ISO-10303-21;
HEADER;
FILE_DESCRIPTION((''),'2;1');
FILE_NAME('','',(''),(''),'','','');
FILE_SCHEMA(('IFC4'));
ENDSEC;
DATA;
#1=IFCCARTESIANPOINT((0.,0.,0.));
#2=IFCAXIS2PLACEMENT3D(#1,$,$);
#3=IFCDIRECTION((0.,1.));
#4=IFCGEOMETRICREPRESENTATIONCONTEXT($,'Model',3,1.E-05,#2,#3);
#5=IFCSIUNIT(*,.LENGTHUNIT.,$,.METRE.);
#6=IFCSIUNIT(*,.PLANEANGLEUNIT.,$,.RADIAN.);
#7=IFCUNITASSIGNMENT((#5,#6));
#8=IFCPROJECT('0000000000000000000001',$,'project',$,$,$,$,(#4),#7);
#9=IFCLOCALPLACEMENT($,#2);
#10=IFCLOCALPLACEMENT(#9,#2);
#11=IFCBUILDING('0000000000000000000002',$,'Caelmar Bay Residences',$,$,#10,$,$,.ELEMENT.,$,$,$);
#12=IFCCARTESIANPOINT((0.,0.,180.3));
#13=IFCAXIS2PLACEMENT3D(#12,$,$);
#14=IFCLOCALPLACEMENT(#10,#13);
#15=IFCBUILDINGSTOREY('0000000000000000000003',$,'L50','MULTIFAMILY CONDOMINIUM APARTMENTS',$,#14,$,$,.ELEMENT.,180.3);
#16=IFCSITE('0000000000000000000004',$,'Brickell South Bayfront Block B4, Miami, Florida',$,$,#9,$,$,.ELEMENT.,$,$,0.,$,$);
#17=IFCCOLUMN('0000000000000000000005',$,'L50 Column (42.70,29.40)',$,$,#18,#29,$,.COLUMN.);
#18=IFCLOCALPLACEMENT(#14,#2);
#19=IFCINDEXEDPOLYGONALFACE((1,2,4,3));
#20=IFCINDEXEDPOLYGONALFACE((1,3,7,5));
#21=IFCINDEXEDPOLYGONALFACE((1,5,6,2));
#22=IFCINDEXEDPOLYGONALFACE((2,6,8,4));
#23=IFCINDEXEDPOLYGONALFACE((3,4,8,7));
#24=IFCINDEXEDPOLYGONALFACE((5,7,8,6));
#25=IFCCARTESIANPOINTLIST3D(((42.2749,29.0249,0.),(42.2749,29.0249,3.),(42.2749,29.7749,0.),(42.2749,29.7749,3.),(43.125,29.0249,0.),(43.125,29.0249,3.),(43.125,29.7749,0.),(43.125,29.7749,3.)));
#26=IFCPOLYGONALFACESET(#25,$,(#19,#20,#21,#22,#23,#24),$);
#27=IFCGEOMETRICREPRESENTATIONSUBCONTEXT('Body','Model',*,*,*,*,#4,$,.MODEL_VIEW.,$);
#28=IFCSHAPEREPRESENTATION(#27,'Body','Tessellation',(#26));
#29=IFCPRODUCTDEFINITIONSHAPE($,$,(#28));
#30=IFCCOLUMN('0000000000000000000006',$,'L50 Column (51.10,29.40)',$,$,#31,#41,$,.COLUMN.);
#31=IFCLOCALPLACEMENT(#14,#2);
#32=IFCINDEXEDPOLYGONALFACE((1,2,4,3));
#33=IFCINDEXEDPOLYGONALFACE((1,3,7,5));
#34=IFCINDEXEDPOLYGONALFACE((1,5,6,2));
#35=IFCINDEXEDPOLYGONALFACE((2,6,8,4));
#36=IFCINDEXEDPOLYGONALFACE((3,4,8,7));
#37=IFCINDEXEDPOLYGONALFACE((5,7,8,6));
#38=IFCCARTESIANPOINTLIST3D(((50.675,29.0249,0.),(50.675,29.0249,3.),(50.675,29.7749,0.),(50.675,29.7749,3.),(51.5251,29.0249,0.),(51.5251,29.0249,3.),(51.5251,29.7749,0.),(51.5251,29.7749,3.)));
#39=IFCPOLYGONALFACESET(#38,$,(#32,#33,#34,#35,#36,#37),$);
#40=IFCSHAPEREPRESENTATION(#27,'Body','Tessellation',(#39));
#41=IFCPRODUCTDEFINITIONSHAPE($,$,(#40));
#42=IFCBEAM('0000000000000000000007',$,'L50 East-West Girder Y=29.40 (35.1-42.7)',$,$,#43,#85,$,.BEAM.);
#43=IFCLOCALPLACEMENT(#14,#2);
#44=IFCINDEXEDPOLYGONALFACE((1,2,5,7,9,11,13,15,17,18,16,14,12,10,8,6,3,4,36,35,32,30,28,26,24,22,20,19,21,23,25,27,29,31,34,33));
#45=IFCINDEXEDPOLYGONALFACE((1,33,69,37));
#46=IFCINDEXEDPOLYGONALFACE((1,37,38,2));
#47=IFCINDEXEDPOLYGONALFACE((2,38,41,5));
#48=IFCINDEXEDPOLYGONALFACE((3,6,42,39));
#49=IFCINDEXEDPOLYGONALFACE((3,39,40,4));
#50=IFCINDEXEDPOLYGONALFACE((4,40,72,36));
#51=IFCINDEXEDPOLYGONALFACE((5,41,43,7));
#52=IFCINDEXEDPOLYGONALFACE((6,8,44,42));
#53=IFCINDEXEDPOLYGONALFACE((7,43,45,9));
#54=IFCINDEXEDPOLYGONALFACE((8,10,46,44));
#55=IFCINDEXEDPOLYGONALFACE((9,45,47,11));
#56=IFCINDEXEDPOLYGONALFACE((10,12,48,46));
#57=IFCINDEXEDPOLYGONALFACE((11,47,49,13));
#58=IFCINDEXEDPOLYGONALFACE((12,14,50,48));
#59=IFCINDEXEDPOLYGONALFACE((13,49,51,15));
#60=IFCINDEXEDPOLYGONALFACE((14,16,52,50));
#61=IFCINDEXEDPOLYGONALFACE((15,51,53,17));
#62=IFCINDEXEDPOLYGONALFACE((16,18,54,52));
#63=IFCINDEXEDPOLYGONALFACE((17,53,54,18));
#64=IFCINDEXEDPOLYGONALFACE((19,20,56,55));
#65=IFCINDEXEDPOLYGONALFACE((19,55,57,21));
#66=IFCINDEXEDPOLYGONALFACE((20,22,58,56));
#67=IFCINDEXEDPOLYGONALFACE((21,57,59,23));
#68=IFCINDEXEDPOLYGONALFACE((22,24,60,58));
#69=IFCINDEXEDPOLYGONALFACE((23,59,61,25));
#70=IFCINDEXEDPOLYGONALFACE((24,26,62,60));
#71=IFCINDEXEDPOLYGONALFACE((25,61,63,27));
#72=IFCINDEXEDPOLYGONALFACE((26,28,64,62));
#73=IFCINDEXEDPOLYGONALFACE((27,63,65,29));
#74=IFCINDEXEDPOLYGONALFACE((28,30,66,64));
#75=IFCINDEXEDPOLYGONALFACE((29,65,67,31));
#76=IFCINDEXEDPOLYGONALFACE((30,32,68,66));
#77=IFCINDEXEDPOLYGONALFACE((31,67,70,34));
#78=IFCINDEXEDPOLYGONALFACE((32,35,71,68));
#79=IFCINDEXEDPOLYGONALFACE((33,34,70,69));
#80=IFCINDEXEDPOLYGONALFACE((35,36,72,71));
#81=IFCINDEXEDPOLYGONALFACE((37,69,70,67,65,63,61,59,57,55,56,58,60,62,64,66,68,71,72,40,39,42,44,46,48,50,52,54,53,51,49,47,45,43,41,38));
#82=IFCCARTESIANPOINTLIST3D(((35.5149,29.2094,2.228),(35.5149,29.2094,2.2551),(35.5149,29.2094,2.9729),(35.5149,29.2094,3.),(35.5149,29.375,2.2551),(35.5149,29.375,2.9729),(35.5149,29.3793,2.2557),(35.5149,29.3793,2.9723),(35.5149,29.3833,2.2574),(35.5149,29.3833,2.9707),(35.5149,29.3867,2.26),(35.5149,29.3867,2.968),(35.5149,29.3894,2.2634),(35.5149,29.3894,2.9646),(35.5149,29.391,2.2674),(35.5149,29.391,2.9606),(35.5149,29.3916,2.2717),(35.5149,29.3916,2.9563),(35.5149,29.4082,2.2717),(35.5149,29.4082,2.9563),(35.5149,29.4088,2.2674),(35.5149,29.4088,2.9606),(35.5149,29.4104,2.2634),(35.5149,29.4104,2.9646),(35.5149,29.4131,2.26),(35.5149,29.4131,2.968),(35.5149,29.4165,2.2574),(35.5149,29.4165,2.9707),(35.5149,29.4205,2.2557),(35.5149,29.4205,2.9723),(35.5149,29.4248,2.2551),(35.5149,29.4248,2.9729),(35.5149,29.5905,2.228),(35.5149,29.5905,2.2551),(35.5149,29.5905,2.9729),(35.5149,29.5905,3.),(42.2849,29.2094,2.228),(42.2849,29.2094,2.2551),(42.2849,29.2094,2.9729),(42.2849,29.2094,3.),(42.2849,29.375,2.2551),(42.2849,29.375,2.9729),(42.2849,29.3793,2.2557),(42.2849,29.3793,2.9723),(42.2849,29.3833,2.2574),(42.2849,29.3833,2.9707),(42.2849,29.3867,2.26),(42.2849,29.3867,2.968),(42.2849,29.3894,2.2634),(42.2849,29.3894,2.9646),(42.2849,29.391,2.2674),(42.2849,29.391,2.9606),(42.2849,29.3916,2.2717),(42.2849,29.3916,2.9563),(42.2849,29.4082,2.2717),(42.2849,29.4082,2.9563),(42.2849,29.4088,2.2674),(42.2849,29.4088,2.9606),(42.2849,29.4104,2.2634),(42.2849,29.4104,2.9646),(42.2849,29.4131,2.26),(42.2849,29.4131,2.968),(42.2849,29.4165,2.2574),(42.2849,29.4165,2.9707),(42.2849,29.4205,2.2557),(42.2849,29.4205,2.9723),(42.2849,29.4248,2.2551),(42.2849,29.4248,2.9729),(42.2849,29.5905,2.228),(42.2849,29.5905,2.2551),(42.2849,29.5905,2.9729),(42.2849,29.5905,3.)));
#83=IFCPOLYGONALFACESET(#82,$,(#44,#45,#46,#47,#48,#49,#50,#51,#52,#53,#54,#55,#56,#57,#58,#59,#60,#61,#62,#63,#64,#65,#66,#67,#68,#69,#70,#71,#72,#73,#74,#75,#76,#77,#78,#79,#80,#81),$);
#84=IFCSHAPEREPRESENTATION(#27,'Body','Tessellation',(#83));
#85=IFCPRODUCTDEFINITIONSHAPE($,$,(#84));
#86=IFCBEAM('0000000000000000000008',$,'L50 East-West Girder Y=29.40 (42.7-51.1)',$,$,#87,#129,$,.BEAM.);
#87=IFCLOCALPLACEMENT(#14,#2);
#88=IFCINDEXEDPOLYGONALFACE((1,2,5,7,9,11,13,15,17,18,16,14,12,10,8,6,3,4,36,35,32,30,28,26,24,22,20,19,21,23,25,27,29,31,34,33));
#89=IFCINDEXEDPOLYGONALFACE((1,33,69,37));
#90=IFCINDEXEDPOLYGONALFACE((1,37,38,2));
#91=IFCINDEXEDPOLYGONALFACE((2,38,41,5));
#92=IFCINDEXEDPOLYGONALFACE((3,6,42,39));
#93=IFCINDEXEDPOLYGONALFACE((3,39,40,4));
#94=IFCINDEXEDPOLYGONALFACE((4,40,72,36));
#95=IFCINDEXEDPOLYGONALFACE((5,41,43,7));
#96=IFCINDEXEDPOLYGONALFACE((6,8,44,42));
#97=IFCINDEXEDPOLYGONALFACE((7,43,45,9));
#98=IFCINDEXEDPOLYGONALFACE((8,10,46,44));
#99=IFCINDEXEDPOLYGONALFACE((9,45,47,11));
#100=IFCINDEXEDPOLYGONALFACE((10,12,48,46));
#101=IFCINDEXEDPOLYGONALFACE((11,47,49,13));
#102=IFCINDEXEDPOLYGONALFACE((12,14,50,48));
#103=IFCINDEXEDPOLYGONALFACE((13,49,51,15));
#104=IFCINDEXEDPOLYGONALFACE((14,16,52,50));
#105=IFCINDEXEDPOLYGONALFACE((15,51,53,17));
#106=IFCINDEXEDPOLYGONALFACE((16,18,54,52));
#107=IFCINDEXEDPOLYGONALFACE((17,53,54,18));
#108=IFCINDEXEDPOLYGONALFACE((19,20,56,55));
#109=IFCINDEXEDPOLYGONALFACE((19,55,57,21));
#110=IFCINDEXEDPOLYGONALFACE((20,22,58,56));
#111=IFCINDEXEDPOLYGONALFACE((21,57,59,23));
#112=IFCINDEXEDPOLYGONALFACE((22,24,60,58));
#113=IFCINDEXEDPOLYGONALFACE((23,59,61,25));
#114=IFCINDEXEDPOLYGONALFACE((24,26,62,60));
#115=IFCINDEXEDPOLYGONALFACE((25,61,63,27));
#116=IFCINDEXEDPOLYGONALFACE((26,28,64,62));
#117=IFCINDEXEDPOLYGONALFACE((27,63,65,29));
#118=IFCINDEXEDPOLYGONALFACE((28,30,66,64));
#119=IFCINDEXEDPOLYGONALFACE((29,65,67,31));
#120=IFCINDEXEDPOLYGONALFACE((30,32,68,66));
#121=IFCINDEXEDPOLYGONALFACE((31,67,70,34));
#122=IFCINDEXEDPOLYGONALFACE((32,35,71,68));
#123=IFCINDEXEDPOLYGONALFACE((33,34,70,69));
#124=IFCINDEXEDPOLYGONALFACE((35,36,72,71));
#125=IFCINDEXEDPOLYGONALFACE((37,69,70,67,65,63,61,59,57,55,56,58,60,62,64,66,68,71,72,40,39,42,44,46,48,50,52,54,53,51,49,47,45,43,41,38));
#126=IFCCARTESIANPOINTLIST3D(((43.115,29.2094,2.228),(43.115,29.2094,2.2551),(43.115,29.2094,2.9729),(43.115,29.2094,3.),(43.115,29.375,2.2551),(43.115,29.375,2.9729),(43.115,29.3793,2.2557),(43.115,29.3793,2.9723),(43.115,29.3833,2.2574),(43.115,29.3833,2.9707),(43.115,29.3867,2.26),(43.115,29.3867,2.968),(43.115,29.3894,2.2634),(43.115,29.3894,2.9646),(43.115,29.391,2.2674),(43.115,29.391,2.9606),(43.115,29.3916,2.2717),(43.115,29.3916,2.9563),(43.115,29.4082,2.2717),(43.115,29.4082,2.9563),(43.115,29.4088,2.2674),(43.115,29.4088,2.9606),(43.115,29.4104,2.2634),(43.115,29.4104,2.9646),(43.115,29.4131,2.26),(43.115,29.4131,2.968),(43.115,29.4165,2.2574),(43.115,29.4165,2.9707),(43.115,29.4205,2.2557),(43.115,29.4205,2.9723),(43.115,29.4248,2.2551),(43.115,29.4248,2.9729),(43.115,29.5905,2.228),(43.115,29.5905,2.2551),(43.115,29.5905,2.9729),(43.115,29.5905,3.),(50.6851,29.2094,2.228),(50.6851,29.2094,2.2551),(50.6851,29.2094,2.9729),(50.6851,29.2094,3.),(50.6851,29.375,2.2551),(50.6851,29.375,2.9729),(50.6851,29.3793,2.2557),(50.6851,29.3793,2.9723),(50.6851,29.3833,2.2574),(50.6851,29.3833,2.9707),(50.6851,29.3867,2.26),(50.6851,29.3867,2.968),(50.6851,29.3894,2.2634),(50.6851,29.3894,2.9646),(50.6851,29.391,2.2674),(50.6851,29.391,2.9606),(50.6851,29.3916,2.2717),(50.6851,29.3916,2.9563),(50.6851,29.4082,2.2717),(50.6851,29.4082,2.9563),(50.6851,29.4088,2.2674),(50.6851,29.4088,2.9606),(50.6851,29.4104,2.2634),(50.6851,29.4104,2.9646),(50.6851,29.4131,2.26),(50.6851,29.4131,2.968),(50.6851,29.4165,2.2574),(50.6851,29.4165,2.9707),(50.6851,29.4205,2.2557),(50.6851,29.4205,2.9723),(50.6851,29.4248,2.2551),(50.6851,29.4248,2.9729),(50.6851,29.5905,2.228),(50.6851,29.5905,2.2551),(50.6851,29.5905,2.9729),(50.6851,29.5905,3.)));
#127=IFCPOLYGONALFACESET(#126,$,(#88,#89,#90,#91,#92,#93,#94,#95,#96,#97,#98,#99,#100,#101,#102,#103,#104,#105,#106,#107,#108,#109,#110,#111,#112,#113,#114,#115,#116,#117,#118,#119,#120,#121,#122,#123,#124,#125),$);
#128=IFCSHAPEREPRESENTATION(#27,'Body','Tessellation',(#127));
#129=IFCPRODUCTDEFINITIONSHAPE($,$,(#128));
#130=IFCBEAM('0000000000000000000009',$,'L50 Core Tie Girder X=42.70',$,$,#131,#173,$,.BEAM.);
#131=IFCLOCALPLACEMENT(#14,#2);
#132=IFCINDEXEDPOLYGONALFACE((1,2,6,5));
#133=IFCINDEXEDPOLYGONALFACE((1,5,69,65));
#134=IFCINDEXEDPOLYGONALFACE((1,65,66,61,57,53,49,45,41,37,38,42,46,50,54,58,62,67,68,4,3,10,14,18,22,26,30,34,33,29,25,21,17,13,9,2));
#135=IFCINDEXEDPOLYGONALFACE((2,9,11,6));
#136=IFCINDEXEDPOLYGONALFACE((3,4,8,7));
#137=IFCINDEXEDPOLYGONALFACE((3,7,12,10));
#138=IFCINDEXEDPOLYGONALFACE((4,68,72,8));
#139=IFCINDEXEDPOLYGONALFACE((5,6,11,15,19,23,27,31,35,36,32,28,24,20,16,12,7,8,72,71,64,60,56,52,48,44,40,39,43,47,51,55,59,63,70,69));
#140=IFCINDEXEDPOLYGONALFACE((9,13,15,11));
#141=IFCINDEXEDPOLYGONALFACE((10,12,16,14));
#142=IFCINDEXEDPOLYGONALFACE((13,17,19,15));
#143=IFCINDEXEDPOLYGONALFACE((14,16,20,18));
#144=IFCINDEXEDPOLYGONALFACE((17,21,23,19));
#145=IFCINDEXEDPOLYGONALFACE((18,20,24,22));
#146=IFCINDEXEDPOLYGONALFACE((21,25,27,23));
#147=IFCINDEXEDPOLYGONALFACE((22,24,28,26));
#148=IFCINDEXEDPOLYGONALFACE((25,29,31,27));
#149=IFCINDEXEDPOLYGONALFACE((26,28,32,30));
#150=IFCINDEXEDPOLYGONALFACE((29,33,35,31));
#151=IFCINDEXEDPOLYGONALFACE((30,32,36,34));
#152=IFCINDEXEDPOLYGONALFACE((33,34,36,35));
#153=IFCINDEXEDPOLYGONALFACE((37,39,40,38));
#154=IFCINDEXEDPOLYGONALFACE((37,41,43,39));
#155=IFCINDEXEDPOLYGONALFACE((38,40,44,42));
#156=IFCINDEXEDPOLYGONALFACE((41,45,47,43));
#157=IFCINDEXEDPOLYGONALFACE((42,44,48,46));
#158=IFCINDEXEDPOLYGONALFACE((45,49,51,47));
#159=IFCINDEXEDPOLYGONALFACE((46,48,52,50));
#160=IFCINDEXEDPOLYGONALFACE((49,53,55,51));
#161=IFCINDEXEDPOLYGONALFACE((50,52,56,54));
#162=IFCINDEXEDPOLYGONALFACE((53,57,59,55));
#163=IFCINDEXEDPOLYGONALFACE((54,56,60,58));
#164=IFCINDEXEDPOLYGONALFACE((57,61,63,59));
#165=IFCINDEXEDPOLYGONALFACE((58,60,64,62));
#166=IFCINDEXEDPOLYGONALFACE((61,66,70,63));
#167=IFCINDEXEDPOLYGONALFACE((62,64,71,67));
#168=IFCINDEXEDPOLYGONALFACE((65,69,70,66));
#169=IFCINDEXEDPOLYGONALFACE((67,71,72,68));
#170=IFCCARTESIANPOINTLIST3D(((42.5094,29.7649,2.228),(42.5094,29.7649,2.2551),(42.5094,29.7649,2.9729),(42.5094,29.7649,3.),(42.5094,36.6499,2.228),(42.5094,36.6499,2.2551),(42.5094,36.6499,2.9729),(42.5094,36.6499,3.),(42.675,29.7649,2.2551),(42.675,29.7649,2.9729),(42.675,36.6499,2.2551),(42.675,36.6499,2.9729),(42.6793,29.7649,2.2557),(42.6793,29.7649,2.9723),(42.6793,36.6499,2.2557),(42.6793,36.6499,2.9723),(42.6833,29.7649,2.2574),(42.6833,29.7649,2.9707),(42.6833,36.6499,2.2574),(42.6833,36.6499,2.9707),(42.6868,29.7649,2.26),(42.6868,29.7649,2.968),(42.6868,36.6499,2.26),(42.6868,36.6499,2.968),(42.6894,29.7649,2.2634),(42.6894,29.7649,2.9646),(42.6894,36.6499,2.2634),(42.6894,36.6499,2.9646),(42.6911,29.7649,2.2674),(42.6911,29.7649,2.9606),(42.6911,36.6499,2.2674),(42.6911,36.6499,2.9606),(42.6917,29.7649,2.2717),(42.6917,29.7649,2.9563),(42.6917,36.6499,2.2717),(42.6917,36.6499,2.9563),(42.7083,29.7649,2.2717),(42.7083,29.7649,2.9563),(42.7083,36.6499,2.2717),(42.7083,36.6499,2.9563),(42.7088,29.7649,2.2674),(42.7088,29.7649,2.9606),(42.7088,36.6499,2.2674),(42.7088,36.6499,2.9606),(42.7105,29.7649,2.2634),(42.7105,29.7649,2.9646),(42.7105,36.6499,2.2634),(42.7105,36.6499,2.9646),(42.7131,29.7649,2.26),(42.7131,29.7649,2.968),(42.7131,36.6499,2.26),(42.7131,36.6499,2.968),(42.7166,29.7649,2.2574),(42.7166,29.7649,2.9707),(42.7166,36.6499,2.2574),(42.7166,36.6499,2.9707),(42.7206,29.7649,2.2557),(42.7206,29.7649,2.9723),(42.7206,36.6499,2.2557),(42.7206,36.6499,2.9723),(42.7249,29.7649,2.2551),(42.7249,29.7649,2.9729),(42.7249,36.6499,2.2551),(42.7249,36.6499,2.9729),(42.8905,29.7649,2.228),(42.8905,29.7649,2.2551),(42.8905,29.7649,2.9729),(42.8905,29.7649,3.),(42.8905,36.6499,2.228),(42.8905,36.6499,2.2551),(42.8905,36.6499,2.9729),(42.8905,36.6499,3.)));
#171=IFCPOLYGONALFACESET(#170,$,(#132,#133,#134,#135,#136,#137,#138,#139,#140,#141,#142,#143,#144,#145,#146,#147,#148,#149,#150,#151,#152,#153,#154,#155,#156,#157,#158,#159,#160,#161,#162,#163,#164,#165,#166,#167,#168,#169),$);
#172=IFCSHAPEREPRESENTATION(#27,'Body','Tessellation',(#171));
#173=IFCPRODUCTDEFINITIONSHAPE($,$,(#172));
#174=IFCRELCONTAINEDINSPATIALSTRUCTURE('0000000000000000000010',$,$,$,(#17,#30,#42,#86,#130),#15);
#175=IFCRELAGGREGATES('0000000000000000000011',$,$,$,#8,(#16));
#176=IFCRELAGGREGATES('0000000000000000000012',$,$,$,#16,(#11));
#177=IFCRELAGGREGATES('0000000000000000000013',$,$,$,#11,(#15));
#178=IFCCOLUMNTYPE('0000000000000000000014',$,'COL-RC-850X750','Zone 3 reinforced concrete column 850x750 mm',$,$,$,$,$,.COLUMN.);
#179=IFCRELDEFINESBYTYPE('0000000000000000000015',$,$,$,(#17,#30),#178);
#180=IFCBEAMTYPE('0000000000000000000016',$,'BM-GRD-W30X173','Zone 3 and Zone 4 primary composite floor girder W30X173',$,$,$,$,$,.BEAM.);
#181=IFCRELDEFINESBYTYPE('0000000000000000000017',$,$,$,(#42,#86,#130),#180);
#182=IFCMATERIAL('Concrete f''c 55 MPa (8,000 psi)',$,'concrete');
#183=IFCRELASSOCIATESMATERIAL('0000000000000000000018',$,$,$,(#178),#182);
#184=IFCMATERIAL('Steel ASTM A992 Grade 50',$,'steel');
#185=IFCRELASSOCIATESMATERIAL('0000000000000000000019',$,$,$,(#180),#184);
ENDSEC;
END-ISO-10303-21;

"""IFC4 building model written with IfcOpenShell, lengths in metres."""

from ifc_helpers import new_model, si_unit, direction, frame, origin, origin_2d, place, context, subcontext, project, spatial, rectangle, i_section, extrude, material, material_profile, profile_set, type_object, element, save


model = new_model("IFC4")

# Units and contexts
model_context = context("Model", 3, precision=1e-05, world=origin(), true_north=direction((0.0, 1.0)))
body_context = subcontext(model_context, "Body", "Model", "MODEL_VIEW")
ifc_project = project(units=[si_unit("LENGTHUNIT", "METRE"), si_unit("PLANEANGLEUNIT", "RADIAN")], contexts=[model_context])

# Site, building, storey
site_placement = place(None, origin())
site = spatial("IfcSite", under=ifc_project, at=site_placement, Name="Brickell South Bayfront Block B4, Miami, Florida", CompositionType="ELEMENT", RefElevation=0.0)
building_placement = place(site_placement, origin())
building = spatial("IfcBuilding", under=site, at=building_placement, Name="Caelmar Bay Residences", CompositionType="ELEMENT")
storey_placement = place(building_placement, frame((0.0, 0.0, 180.3)))
storey = spatial("IfcBuildingStorey", under=building, at=storey_placement, Name="L50", Description="MULTIFAMILY CONDOMINIUM APARTMENTS", CompositionType="ELEMENT", Elevation=180.3)

# Columns
ifc_material_1 = material(Name="Concrete f'c 55 MPa (8,000 psi)", Category="concrete")
ifc_material_profile_1 = material_profile(ifc_material_1, rectangle(XDim=0.8501, YDim=0.75, at=origin_2d()), Name="RC-COL-850X750")
ifc_profile_set_1 = profile_set([ifc_material_profile_1], Name="Concrete f'c 55 MPa (8,000 psi)")
column_type = type_object("IfcColumnType", Name="COL-RC-850X750", Description="Zone 3 reinforced concrete column 850x750 mm", PredefinedType="COLUMN", material=ifc_profile_set_1)
for number, where, z_axis, x_axis, name in (
    (1, (42.7, 29.3999, 0.0), (0.0, 0.0, 1.0), (1.0, 0.0, 0.0), "L50 Column (42.70,29.40)"),
    (2, (51.1001, 29.3999, 0.0), (0.0, 0.0, 1.0), (1.0, 0.0, 0.0), "L50 Column (51.10,29.40)"),
):
    element("IfcColumn", number, at=place(storey_placement, frame(where, z_axis=z_axis, x_axis=x_axis)), inside=storey, type_object=column_type, Name=name, PredefinedType="COLUMN", context=body_context, shape_type="SweptSolid", body=[
        extrude(rectangle(XDim=0.8501, YDim=0.75, at=origin_2d()), origin(), (0.0, 0.0, 1.0), 3.0),
    ])

# Beams
ifc_material_2 = material(Name="Steel ASTM A992 Grade 50", Category="steel")
ifc_material_profile_2 = material_profile(ifc_material_2, i_section(OverallWidth=0.3811, OverallDepth=0.772, WebThickness=0.0166, FlangeThickness=0.0271, FilletRadius=0.0166, at=origin_2d()), Name="W30X173")
ifc_profile_set_2 = profile_set([ifc_material_profile_2], Name="Steel ASTM A992 Grade 50")
beam_type_1 = type_object("IfcBeamType", Name="BM-GRD-W30X173", Description="Zone 3 and Zone 4 primary composite floor girder W30X173", PredefinedType="BEAM", material=ifc_profile_set_2)
beam_1_placement = place(storey_placement, frame((35.5149, 29.3999, 2.614), z_axis=(1.0, 0.0, 0.0), x_axis=(0.0, 1.0, 0.0)))
element("IfcBeam", 3, at=beam_1_placement, inside=storey, type_object=beam_type_1, Name="L50 East-West Girder Y=29.40 (35.1-42.7)", PredefinedType="BEAM", context=body_context, shape_type="SweptSolid", body=[
    extrude(i_section(OverallWidth=0.3811, OverallDepth=0.772, WebThickness=0.0166, FlangeThickness=0.0271, FilletRadius=0.0166, at=origin_2d()), origin(), (0.0, 0.0, 1.0), 6.77),
])
beam_2_placement = place(storey_placement, frame((43.115, 29.3999, 2.614), z_axis=(1.0, 0.0, 0.0), x_axis=(0.0, 1.0, 0.0)))
element("IfcBeam", 4, at=beam_2_placement, inside=storey, type_object=beam_type_1, Name="L50 East-West Girder Y=29.40 (42.7-51.1)", PredefinedType="BEAM", context=body_context, shape_type="SweptSolid", body=[
    extrude(i_section(OverallWidth=0.3811, OverallDepth=0.772, WebThickness=0.0166, FlangeThickness=0.0271, FilletRadius=0.0166, at=origin_2d()), origin(), (0.0, 0.0, 1.0), 7.5701),
])
beam_3_placement = place(storey_placement, frame((42.7, 29.7649, 2.614), z_axis=(0.0, 1.0, 0.0), x_axis=(-1.0, 0.0, 0.0)))
element("IfcBeam", 5, at=beam_3_placement, inside=storey, type_object=beam_type_1, Name="L50 Core Tie Girder X=42.70", PredefinedType="BEAM", context=body_context, shape_type="SweptSolid", body=[
    extrude(i_section(OverallWidth=0.3811, OverallDepth=0.772, WebThickness=0.0166, FlangeThickness=0.0271, FilletRadius=0.0166, at=origin_2d()), origin(), (0.0, 0.0, 1.0), 6.885),
])

save(model, "model.ifc")
